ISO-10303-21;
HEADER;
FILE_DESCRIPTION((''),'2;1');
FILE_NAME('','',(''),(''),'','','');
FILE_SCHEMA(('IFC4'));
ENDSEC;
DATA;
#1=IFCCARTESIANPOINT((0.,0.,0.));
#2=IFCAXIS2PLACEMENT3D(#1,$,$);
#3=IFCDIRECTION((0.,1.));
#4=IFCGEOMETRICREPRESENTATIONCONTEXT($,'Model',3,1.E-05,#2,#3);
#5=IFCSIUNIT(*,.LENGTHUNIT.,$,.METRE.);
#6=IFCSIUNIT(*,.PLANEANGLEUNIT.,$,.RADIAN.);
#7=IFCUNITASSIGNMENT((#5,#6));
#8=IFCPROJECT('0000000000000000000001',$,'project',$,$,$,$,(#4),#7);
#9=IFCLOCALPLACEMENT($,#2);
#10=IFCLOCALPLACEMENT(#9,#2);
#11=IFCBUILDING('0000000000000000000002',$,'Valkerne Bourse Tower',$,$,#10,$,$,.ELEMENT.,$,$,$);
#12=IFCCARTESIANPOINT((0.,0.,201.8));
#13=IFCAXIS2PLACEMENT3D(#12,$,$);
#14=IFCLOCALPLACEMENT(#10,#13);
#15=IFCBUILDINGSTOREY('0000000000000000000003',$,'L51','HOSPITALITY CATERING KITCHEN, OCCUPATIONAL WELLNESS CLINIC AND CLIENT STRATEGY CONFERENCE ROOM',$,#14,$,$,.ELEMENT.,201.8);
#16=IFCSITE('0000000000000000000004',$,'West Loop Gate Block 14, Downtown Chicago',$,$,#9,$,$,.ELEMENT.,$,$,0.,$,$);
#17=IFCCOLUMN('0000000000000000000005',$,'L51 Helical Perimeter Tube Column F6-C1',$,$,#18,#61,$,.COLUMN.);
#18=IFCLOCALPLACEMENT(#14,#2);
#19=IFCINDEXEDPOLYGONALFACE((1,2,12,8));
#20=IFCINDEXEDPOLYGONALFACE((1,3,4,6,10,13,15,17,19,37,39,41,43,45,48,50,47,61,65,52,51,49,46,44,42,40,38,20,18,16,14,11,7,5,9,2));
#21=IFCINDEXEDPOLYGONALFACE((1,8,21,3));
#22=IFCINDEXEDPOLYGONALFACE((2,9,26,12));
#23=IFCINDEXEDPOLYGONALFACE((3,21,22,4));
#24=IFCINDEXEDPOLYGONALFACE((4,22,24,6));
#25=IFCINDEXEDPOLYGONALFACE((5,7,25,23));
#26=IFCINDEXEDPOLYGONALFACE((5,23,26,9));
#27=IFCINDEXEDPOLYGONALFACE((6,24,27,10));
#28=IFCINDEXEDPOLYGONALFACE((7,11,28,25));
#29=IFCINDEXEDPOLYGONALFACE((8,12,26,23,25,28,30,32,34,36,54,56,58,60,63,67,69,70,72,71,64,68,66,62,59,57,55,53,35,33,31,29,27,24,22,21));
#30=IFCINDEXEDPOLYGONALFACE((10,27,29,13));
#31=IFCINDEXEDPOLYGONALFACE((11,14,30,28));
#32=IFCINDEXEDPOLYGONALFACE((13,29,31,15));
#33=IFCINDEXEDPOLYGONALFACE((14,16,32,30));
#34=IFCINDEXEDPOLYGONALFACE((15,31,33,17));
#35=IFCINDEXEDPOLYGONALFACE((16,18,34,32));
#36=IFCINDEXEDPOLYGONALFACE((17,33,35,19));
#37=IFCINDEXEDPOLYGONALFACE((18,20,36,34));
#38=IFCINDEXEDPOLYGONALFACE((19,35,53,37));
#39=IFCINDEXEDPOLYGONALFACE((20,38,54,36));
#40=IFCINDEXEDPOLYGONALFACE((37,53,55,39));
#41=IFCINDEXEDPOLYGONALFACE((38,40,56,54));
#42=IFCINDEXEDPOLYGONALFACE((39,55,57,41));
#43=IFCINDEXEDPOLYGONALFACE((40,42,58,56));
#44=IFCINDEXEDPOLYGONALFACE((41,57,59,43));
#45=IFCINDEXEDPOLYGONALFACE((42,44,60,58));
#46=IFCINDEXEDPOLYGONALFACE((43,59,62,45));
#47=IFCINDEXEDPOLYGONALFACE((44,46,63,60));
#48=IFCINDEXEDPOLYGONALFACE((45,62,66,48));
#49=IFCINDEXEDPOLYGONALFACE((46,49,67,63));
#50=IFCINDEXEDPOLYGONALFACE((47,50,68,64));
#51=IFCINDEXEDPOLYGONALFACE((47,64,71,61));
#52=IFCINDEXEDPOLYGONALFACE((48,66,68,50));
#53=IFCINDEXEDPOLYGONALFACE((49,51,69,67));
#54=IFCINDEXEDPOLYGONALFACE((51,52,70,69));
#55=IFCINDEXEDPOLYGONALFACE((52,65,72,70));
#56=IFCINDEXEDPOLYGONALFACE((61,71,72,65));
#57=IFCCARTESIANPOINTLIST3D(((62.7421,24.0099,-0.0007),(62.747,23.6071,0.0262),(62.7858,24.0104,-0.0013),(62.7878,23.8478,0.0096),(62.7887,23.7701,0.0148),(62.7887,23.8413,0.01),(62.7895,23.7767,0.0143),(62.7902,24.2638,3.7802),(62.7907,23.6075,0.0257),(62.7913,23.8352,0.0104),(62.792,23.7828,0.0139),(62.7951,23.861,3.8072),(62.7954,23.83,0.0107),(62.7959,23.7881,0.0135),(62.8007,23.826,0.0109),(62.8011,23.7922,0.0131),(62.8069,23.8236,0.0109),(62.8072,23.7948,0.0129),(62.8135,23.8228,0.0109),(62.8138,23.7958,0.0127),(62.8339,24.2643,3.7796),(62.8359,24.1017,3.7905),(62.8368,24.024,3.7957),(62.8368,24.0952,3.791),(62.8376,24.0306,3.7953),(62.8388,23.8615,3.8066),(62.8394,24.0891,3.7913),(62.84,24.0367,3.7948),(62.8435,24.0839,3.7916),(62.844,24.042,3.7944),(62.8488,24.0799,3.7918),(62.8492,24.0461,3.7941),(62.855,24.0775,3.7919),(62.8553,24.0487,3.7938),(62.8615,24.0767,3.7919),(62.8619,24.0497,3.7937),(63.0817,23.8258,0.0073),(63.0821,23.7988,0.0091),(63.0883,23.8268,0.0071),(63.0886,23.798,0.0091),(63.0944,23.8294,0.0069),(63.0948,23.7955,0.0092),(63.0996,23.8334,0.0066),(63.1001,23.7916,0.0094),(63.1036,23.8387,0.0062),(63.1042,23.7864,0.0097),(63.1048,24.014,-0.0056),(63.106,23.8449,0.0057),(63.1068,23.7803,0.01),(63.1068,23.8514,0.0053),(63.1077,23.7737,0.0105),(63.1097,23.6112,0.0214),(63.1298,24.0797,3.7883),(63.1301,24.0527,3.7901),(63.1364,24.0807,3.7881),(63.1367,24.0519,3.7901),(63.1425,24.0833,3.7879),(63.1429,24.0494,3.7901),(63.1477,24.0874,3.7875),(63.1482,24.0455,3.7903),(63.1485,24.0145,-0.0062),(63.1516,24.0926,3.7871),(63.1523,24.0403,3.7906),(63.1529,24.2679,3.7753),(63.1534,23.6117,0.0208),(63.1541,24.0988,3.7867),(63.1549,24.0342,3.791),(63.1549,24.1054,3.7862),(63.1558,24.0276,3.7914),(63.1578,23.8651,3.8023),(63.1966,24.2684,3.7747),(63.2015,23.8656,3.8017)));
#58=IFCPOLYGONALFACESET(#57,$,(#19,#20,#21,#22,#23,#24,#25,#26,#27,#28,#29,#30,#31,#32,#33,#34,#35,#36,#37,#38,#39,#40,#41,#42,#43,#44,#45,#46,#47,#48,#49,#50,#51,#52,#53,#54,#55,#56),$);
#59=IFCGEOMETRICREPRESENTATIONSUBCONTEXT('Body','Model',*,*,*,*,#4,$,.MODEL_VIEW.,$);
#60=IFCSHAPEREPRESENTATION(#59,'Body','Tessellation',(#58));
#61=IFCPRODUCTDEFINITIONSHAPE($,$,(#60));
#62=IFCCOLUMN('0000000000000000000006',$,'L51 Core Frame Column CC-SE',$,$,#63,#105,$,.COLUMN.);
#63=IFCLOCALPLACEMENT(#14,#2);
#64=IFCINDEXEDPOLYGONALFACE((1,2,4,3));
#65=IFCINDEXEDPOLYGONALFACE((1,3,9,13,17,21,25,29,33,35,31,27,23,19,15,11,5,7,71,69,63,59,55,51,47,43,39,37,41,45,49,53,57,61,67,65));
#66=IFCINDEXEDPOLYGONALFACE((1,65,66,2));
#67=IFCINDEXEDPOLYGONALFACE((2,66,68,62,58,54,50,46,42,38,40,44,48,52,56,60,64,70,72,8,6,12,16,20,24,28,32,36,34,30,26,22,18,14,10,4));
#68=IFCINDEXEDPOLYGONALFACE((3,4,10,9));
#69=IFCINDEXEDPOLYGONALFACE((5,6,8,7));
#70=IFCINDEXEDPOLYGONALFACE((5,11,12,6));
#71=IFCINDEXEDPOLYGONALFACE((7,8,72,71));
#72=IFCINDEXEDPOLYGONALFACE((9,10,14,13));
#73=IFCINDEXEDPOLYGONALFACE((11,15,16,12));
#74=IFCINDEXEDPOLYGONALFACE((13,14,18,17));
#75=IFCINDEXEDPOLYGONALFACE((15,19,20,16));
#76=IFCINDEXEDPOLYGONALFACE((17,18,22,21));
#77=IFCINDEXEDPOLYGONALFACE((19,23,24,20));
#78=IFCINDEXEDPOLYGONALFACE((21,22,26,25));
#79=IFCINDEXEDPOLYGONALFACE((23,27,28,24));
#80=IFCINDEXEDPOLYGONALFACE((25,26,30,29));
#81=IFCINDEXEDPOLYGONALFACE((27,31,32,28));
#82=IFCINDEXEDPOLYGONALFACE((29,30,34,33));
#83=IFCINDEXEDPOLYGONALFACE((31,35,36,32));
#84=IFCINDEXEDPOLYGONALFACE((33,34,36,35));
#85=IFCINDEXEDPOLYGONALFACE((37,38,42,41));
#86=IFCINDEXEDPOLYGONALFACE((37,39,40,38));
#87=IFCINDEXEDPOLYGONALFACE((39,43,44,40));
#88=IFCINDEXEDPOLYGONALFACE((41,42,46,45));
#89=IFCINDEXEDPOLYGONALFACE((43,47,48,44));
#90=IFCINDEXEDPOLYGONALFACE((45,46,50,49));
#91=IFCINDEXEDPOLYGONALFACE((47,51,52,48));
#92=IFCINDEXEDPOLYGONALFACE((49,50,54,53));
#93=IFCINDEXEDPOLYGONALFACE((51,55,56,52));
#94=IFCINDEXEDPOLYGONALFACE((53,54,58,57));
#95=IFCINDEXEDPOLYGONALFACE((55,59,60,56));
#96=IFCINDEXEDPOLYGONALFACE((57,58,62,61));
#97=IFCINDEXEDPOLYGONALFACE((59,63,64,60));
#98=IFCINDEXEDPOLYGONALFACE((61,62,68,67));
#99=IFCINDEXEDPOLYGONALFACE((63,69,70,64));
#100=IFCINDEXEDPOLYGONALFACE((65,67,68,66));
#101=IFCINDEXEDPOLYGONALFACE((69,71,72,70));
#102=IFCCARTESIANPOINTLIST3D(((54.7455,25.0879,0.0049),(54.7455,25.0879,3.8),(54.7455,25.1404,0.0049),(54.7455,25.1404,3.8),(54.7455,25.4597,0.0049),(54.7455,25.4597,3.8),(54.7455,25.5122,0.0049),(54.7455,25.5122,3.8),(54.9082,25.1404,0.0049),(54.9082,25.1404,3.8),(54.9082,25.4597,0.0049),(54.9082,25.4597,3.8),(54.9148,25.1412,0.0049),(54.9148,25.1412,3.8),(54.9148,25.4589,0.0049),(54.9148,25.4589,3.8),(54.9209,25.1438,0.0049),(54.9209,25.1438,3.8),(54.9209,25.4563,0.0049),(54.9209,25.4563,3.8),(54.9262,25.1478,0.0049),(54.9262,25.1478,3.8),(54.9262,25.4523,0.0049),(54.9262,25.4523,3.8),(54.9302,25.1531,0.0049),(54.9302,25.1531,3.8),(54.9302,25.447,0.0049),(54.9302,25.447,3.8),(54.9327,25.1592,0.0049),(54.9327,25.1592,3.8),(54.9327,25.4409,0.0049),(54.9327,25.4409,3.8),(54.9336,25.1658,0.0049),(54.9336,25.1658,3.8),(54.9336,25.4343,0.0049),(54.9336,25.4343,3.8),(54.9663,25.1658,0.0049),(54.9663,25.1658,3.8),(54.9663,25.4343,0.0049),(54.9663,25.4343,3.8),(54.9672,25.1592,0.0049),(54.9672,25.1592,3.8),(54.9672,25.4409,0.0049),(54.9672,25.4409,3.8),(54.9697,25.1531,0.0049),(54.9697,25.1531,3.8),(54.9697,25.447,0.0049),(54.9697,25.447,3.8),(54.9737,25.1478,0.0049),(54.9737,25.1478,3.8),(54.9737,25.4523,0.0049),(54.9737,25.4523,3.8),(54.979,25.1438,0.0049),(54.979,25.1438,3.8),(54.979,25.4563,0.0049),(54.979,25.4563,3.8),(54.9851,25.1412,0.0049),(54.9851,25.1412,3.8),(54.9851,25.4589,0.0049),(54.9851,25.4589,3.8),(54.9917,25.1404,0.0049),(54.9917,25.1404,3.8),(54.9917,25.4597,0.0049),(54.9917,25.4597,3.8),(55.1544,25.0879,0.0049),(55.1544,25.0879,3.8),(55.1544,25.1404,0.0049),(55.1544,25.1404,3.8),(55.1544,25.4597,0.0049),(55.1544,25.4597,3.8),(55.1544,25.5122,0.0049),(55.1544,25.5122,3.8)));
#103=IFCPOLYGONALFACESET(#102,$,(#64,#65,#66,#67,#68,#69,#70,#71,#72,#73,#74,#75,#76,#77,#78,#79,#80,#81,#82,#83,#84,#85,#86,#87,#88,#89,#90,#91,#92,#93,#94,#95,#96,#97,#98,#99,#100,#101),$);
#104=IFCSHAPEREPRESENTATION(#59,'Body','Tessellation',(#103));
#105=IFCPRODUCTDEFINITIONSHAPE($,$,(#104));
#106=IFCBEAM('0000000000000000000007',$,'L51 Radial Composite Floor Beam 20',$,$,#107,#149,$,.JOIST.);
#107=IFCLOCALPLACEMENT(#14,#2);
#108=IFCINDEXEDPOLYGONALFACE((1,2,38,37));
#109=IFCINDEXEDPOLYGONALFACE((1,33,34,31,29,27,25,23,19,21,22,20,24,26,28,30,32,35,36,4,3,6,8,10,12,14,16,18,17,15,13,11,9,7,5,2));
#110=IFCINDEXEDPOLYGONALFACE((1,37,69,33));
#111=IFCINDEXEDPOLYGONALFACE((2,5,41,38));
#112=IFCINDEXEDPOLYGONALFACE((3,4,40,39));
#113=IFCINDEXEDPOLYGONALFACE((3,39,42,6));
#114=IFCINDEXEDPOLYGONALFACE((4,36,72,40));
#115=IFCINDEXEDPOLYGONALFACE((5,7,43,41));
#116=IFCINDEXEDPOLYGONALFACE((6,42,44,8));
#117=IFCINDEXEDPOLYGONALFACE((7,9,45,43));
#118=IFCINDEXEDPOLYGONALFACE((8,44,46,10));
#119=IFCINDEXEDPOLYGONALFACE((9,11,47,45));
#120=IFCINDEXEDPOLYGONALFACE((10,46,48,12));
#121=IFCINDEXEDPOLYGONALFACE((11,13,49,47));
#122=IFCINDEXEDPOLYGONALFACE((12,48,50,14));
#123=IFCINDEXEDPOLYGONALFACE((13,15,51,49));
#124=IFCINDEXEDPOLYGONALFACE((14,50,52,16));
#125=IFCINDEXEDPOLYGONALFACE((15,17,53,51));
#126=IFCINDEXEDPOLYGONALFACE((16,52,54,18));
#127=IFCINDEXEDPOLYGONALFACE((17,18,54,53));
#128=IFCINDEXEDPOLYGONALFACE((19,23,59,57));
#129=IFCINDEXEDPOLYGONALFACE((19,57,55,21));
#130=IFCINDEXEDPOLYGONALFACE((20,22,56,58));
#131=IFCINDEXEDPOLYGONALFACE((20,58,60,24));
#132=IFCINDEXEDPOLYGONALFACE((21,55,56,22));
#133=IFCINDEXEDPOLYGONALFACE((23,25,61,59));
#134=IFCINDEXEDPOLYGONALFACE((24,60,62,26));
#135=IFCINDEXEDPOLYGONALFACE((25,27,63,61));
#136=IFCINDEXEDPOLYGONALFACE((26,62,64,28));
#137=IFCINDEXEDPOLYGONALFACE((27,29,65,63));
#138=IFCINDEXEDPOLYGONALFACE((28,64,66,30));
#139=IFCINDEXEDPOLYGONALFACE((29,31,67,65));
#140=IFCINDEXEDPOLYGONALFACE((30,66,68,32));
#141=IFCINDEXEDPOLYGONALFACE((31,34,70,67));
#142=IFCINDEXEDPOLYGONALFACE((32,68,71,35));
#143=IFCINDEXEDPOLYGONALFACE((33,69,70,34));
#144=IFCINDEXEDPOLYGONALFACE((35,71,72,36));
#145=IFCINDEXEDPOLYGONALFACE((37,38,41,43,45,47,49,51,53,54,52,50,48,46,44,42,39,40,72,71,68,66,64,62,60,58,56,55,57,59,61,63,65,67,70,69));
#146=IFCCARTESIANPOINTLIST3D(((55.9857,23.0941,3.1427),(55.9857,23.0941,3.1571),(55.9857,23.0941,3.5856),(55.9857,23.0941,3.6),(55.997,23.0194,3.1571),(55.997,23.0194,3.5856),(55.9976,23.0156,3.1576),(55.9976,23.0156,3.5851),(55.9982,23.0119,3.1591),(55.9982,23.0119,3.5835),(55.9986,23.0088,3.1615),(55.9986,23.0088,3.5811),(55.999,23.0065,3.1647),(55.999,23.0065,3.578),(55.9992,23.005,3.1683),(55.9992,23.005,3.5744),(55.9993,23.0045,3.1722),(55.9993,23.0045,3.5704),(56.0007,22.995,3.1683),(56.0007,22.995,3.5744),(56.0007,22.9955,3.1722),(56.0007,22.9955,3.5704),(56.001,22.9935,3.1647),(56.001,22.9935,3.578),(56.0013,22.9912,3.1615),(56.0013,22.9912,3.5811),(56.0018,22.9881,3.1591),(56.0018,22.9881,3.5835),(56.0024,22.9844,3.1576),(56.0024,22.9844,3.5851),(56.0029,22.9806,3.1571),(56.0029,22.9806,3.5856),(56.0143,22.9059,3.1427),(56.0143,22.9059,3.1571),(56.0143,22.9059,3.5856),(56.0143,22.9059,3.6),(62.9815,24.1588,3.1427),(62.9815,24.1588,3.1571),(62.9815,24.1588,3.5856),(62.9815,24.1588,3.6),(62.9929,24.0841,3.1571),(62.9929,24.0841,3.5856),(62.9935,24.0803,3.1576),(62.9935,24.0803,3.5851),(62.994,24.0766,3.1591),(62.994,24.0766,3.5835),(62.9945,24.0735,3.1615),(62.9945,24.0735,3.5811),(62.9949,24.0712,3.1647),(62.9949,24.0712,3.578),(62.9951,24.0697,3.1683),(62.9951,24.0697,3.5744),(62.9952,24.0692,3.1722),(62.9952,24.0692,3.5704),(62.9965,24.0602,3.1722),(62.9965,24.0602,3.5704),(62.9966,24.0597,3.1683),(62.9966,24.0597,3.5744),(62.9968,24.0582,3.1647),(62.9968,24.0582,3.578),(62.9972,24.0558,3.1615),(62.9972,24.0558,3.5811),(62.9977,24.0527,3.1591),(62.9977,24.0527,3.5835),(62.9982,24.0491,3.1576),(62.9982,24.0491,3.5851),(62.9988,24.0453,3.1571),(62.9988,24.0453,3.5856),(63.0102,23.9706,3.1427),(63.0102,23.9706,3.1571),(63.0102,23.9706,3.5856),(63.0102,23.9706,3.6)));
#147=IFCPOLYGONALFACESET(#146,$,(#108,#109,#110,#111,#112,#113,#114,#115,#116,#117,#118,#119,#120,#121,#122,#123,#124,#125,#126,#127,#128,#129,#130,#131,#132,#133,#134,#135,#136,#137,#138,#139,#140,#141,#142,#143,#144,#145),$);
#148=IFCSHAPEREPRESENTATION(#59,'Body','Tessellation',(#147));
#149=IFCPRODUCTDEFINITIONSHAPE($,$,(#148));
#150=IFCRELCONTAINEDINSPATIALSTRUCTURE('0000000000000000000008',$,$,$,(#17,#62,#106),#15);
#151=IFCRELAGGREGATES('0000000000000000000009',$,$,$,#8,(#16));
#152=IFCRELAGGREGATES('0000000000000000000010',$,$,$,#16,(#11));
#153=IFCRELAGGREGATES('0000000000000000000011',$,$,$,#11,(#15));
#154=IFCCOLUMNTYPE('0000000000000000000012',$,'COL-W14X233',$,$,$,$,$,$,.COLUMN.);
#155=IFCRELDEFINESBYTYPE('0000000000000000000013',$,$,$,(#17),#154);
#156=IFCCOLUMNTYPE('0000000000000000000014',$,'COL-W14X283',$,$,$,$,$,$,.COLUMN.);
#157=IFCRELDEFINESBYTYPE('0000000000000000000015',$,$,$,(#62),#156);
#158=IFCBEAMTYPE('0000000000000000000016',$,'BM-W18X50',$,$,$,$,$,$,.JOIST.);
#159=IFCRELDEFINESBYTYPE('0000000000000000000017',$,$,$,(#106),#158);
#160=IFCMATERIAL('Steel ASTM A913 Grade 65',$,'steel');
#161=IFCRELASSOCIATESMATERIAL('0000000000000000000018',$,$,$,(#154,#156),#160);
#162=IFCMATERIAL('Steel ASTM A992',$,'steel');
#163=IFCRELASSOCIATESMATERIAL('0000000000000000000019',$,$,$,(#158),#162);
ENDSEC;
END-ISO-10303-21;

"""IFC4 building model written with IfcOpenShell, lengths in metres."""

from ifc_helpers import new_model, si_unit, direction, frame, origin, origin_2d, place, context, subcontext, project, spatial, i_section, extrude, material, material_profile, profile_set, type_object, element, save


model = new_model("IFC4")

# Units and contexts
model_context = context("Model", 3, precision=1e-05, world=origin(), true_north=direction((0.0, 1.0)))
body_context = subcontext(model_context, "Body", "Model", "MODEL_VIEW")
ifc_project = project(units=[si_unit("LENGTHUNIT", "METRE"), si_unit("PLANEANGLEUNIT", "RADIAN")], contexts=[model_context])

# Site, building, storey
site_placement = place(None, origin())
site = spatial("IfcSite", under=ifc_project, at=site_placement, Name="West Loop Gate Block 14, Downtown Chicago", CompositionType="ELEMENT", RefElevation=0.0)
building_placement = place(site_placement, origin())
building = spatial("IfcBuilding", under=site, at=building_placement, Name="Valkerne Bourse Tower", CompositionType="ELEMENT")
storey_placement = place(building_placement, frame((0.0, 0.0, 201.8)))
storey = spatial("IfcBuildingStorey", under=building, at=storey_placement, Name="L51", Description="HOSPITALITY CATERING KITCHEN, OCCUPATIONAL WELLNESS CLINIC AND CLIENT STRATEGY CONFERENCE ROOM", CompositionType="ELEMENT", Elevation=201.8)

# Columns
ifc_material_1 = material(Name="Steel ASTM A913 Grade 65", Category="steel")
ifc_material_profile_1 = material_profile(ifc_material_1, i_section(OverallWidth=0.4038, OverallDepth=0.4065, WebThickness=0.0271, FlangeThickness=0.0437, FilletRadius=0.0254, at=origin_2d()), Name="W14X233")
ifc_profile_set_1 = profile_set([ifc_material_profile_1], Name="Steel ASTM A913 Grade 65")
column_type_1 = type_object("IfcColumnType", Name="COL-W14X233", PredefinedType="COLUMN", material=ifc_profile_set_1)
column_1_placement = place(storey_placement, frame((62.9478, 23.8108, 0.01), z_axis=(0.012691, 0.066997, 0.997672), x_axis=(0.012187, -0.997689, 0.066843)))
element("IfcColumn", 1, at=column_1_placement, inside=storey, type_object=column_type_1, Name="L51 Helical Perimeter Tube Column F6-C1", PredefinedType="COLUMN", context=body_context, shape_type="SweptSolid", body=[
    extrude(i_section(OverallWidth=0.4038, OverallDepth=0.4065, WebThickness=0.0271, FlangeThickness=0.0437, FilletRadius=0.0254, at=origin_2d()), origin(), (0.0, 0.0, 1.0), 3.7898),
])
ifc_material_profile_2 = material_profile(ifc_material_1, i_section(OverallWidth=0.4089, OverallDepth=0.4243, WebThickness=0.0327, FlangeThickness=0.0525, FilletRadius=0.0254, at=origin_2d()), Name="W14X283")
ifc_profile_set_2 = profile_set([ifc_material_profile_2], Name="Steel ASTM A913 Grade 65")
column_type_2 = type_object("IfcColumnType", Name="COL-W14X283", PredefinedType="COLUMN", material=ifc_profile_set_2)
column_2_placement = place(storey_placement, frame((54.95, 25.3, 0.0049), z_axis=(0.0, 0.0, 1.0), x_axis=(1.0, 0.0, 0.0)))
element("IfcColumn", 2, at=column_2_placement, inside=storey, type_object=column_type_2, Name="L51 Core Frame Column CC-SE", PredefinedType="COLUMN", context=body_context, shape_type="SweptSolid", body=[
    extrude(i_section(OverallWidth=0.4089, OverallDepth=0.4243, WebThickness=0.0327, FlangeThickness=0.0525, FilletRadius=0.0254, at=origin_2d()), origin(), (0.0, 0.0, 1.0), 3.7952),
])

# Beam
ifc_material_2 = material(Name="Steel ASTM A992", Category="steel")
ifc_material_profile_3 = material_profile(ifc_material_2, i_section(OverallWidth=0.1904, OverallDepth=0.4573, WebThickness=0.009, FlangeThickness=0.0144, FilletRadius=0.0151, at=origin_2d()), Name="W18X50")
ifc_profile_set_3 = profile_set([ifc_material_profile_3], Name="Steel ASTM A992")
beam_type_1 = type_object("IfcBeamType", Name="BM-W18X50", PredefinedType="JOIST", material=ifc_profile_set_3)
beam_1_placement = place(storey_placement, frame((62.9958, 24.0647, 3.3713), z_axis=(-0.988616, -0.150457, 0.0), x_axis=(0.150457, -0.988616, 0.0)))
element("IfcBeam", 3, at=beam_1_placement, inside=storey, type_object=beam_type_1, Name="L51 Radial Composite Floor Beam 20", PredefinedType="JOIST", context=body_context, shape_type="SweptSolid", body=[
    extrude(i_section(OverallWidth=0.1904, OverallDepth=0.4573, WebThickness=0.009, FlangeThickness=0.0144, FilletRadius=0.0151, at=origin_2d()), origin(), (0.0, 0.0, 1.0), 7.0764),
])

save(model, "model.ifc")
